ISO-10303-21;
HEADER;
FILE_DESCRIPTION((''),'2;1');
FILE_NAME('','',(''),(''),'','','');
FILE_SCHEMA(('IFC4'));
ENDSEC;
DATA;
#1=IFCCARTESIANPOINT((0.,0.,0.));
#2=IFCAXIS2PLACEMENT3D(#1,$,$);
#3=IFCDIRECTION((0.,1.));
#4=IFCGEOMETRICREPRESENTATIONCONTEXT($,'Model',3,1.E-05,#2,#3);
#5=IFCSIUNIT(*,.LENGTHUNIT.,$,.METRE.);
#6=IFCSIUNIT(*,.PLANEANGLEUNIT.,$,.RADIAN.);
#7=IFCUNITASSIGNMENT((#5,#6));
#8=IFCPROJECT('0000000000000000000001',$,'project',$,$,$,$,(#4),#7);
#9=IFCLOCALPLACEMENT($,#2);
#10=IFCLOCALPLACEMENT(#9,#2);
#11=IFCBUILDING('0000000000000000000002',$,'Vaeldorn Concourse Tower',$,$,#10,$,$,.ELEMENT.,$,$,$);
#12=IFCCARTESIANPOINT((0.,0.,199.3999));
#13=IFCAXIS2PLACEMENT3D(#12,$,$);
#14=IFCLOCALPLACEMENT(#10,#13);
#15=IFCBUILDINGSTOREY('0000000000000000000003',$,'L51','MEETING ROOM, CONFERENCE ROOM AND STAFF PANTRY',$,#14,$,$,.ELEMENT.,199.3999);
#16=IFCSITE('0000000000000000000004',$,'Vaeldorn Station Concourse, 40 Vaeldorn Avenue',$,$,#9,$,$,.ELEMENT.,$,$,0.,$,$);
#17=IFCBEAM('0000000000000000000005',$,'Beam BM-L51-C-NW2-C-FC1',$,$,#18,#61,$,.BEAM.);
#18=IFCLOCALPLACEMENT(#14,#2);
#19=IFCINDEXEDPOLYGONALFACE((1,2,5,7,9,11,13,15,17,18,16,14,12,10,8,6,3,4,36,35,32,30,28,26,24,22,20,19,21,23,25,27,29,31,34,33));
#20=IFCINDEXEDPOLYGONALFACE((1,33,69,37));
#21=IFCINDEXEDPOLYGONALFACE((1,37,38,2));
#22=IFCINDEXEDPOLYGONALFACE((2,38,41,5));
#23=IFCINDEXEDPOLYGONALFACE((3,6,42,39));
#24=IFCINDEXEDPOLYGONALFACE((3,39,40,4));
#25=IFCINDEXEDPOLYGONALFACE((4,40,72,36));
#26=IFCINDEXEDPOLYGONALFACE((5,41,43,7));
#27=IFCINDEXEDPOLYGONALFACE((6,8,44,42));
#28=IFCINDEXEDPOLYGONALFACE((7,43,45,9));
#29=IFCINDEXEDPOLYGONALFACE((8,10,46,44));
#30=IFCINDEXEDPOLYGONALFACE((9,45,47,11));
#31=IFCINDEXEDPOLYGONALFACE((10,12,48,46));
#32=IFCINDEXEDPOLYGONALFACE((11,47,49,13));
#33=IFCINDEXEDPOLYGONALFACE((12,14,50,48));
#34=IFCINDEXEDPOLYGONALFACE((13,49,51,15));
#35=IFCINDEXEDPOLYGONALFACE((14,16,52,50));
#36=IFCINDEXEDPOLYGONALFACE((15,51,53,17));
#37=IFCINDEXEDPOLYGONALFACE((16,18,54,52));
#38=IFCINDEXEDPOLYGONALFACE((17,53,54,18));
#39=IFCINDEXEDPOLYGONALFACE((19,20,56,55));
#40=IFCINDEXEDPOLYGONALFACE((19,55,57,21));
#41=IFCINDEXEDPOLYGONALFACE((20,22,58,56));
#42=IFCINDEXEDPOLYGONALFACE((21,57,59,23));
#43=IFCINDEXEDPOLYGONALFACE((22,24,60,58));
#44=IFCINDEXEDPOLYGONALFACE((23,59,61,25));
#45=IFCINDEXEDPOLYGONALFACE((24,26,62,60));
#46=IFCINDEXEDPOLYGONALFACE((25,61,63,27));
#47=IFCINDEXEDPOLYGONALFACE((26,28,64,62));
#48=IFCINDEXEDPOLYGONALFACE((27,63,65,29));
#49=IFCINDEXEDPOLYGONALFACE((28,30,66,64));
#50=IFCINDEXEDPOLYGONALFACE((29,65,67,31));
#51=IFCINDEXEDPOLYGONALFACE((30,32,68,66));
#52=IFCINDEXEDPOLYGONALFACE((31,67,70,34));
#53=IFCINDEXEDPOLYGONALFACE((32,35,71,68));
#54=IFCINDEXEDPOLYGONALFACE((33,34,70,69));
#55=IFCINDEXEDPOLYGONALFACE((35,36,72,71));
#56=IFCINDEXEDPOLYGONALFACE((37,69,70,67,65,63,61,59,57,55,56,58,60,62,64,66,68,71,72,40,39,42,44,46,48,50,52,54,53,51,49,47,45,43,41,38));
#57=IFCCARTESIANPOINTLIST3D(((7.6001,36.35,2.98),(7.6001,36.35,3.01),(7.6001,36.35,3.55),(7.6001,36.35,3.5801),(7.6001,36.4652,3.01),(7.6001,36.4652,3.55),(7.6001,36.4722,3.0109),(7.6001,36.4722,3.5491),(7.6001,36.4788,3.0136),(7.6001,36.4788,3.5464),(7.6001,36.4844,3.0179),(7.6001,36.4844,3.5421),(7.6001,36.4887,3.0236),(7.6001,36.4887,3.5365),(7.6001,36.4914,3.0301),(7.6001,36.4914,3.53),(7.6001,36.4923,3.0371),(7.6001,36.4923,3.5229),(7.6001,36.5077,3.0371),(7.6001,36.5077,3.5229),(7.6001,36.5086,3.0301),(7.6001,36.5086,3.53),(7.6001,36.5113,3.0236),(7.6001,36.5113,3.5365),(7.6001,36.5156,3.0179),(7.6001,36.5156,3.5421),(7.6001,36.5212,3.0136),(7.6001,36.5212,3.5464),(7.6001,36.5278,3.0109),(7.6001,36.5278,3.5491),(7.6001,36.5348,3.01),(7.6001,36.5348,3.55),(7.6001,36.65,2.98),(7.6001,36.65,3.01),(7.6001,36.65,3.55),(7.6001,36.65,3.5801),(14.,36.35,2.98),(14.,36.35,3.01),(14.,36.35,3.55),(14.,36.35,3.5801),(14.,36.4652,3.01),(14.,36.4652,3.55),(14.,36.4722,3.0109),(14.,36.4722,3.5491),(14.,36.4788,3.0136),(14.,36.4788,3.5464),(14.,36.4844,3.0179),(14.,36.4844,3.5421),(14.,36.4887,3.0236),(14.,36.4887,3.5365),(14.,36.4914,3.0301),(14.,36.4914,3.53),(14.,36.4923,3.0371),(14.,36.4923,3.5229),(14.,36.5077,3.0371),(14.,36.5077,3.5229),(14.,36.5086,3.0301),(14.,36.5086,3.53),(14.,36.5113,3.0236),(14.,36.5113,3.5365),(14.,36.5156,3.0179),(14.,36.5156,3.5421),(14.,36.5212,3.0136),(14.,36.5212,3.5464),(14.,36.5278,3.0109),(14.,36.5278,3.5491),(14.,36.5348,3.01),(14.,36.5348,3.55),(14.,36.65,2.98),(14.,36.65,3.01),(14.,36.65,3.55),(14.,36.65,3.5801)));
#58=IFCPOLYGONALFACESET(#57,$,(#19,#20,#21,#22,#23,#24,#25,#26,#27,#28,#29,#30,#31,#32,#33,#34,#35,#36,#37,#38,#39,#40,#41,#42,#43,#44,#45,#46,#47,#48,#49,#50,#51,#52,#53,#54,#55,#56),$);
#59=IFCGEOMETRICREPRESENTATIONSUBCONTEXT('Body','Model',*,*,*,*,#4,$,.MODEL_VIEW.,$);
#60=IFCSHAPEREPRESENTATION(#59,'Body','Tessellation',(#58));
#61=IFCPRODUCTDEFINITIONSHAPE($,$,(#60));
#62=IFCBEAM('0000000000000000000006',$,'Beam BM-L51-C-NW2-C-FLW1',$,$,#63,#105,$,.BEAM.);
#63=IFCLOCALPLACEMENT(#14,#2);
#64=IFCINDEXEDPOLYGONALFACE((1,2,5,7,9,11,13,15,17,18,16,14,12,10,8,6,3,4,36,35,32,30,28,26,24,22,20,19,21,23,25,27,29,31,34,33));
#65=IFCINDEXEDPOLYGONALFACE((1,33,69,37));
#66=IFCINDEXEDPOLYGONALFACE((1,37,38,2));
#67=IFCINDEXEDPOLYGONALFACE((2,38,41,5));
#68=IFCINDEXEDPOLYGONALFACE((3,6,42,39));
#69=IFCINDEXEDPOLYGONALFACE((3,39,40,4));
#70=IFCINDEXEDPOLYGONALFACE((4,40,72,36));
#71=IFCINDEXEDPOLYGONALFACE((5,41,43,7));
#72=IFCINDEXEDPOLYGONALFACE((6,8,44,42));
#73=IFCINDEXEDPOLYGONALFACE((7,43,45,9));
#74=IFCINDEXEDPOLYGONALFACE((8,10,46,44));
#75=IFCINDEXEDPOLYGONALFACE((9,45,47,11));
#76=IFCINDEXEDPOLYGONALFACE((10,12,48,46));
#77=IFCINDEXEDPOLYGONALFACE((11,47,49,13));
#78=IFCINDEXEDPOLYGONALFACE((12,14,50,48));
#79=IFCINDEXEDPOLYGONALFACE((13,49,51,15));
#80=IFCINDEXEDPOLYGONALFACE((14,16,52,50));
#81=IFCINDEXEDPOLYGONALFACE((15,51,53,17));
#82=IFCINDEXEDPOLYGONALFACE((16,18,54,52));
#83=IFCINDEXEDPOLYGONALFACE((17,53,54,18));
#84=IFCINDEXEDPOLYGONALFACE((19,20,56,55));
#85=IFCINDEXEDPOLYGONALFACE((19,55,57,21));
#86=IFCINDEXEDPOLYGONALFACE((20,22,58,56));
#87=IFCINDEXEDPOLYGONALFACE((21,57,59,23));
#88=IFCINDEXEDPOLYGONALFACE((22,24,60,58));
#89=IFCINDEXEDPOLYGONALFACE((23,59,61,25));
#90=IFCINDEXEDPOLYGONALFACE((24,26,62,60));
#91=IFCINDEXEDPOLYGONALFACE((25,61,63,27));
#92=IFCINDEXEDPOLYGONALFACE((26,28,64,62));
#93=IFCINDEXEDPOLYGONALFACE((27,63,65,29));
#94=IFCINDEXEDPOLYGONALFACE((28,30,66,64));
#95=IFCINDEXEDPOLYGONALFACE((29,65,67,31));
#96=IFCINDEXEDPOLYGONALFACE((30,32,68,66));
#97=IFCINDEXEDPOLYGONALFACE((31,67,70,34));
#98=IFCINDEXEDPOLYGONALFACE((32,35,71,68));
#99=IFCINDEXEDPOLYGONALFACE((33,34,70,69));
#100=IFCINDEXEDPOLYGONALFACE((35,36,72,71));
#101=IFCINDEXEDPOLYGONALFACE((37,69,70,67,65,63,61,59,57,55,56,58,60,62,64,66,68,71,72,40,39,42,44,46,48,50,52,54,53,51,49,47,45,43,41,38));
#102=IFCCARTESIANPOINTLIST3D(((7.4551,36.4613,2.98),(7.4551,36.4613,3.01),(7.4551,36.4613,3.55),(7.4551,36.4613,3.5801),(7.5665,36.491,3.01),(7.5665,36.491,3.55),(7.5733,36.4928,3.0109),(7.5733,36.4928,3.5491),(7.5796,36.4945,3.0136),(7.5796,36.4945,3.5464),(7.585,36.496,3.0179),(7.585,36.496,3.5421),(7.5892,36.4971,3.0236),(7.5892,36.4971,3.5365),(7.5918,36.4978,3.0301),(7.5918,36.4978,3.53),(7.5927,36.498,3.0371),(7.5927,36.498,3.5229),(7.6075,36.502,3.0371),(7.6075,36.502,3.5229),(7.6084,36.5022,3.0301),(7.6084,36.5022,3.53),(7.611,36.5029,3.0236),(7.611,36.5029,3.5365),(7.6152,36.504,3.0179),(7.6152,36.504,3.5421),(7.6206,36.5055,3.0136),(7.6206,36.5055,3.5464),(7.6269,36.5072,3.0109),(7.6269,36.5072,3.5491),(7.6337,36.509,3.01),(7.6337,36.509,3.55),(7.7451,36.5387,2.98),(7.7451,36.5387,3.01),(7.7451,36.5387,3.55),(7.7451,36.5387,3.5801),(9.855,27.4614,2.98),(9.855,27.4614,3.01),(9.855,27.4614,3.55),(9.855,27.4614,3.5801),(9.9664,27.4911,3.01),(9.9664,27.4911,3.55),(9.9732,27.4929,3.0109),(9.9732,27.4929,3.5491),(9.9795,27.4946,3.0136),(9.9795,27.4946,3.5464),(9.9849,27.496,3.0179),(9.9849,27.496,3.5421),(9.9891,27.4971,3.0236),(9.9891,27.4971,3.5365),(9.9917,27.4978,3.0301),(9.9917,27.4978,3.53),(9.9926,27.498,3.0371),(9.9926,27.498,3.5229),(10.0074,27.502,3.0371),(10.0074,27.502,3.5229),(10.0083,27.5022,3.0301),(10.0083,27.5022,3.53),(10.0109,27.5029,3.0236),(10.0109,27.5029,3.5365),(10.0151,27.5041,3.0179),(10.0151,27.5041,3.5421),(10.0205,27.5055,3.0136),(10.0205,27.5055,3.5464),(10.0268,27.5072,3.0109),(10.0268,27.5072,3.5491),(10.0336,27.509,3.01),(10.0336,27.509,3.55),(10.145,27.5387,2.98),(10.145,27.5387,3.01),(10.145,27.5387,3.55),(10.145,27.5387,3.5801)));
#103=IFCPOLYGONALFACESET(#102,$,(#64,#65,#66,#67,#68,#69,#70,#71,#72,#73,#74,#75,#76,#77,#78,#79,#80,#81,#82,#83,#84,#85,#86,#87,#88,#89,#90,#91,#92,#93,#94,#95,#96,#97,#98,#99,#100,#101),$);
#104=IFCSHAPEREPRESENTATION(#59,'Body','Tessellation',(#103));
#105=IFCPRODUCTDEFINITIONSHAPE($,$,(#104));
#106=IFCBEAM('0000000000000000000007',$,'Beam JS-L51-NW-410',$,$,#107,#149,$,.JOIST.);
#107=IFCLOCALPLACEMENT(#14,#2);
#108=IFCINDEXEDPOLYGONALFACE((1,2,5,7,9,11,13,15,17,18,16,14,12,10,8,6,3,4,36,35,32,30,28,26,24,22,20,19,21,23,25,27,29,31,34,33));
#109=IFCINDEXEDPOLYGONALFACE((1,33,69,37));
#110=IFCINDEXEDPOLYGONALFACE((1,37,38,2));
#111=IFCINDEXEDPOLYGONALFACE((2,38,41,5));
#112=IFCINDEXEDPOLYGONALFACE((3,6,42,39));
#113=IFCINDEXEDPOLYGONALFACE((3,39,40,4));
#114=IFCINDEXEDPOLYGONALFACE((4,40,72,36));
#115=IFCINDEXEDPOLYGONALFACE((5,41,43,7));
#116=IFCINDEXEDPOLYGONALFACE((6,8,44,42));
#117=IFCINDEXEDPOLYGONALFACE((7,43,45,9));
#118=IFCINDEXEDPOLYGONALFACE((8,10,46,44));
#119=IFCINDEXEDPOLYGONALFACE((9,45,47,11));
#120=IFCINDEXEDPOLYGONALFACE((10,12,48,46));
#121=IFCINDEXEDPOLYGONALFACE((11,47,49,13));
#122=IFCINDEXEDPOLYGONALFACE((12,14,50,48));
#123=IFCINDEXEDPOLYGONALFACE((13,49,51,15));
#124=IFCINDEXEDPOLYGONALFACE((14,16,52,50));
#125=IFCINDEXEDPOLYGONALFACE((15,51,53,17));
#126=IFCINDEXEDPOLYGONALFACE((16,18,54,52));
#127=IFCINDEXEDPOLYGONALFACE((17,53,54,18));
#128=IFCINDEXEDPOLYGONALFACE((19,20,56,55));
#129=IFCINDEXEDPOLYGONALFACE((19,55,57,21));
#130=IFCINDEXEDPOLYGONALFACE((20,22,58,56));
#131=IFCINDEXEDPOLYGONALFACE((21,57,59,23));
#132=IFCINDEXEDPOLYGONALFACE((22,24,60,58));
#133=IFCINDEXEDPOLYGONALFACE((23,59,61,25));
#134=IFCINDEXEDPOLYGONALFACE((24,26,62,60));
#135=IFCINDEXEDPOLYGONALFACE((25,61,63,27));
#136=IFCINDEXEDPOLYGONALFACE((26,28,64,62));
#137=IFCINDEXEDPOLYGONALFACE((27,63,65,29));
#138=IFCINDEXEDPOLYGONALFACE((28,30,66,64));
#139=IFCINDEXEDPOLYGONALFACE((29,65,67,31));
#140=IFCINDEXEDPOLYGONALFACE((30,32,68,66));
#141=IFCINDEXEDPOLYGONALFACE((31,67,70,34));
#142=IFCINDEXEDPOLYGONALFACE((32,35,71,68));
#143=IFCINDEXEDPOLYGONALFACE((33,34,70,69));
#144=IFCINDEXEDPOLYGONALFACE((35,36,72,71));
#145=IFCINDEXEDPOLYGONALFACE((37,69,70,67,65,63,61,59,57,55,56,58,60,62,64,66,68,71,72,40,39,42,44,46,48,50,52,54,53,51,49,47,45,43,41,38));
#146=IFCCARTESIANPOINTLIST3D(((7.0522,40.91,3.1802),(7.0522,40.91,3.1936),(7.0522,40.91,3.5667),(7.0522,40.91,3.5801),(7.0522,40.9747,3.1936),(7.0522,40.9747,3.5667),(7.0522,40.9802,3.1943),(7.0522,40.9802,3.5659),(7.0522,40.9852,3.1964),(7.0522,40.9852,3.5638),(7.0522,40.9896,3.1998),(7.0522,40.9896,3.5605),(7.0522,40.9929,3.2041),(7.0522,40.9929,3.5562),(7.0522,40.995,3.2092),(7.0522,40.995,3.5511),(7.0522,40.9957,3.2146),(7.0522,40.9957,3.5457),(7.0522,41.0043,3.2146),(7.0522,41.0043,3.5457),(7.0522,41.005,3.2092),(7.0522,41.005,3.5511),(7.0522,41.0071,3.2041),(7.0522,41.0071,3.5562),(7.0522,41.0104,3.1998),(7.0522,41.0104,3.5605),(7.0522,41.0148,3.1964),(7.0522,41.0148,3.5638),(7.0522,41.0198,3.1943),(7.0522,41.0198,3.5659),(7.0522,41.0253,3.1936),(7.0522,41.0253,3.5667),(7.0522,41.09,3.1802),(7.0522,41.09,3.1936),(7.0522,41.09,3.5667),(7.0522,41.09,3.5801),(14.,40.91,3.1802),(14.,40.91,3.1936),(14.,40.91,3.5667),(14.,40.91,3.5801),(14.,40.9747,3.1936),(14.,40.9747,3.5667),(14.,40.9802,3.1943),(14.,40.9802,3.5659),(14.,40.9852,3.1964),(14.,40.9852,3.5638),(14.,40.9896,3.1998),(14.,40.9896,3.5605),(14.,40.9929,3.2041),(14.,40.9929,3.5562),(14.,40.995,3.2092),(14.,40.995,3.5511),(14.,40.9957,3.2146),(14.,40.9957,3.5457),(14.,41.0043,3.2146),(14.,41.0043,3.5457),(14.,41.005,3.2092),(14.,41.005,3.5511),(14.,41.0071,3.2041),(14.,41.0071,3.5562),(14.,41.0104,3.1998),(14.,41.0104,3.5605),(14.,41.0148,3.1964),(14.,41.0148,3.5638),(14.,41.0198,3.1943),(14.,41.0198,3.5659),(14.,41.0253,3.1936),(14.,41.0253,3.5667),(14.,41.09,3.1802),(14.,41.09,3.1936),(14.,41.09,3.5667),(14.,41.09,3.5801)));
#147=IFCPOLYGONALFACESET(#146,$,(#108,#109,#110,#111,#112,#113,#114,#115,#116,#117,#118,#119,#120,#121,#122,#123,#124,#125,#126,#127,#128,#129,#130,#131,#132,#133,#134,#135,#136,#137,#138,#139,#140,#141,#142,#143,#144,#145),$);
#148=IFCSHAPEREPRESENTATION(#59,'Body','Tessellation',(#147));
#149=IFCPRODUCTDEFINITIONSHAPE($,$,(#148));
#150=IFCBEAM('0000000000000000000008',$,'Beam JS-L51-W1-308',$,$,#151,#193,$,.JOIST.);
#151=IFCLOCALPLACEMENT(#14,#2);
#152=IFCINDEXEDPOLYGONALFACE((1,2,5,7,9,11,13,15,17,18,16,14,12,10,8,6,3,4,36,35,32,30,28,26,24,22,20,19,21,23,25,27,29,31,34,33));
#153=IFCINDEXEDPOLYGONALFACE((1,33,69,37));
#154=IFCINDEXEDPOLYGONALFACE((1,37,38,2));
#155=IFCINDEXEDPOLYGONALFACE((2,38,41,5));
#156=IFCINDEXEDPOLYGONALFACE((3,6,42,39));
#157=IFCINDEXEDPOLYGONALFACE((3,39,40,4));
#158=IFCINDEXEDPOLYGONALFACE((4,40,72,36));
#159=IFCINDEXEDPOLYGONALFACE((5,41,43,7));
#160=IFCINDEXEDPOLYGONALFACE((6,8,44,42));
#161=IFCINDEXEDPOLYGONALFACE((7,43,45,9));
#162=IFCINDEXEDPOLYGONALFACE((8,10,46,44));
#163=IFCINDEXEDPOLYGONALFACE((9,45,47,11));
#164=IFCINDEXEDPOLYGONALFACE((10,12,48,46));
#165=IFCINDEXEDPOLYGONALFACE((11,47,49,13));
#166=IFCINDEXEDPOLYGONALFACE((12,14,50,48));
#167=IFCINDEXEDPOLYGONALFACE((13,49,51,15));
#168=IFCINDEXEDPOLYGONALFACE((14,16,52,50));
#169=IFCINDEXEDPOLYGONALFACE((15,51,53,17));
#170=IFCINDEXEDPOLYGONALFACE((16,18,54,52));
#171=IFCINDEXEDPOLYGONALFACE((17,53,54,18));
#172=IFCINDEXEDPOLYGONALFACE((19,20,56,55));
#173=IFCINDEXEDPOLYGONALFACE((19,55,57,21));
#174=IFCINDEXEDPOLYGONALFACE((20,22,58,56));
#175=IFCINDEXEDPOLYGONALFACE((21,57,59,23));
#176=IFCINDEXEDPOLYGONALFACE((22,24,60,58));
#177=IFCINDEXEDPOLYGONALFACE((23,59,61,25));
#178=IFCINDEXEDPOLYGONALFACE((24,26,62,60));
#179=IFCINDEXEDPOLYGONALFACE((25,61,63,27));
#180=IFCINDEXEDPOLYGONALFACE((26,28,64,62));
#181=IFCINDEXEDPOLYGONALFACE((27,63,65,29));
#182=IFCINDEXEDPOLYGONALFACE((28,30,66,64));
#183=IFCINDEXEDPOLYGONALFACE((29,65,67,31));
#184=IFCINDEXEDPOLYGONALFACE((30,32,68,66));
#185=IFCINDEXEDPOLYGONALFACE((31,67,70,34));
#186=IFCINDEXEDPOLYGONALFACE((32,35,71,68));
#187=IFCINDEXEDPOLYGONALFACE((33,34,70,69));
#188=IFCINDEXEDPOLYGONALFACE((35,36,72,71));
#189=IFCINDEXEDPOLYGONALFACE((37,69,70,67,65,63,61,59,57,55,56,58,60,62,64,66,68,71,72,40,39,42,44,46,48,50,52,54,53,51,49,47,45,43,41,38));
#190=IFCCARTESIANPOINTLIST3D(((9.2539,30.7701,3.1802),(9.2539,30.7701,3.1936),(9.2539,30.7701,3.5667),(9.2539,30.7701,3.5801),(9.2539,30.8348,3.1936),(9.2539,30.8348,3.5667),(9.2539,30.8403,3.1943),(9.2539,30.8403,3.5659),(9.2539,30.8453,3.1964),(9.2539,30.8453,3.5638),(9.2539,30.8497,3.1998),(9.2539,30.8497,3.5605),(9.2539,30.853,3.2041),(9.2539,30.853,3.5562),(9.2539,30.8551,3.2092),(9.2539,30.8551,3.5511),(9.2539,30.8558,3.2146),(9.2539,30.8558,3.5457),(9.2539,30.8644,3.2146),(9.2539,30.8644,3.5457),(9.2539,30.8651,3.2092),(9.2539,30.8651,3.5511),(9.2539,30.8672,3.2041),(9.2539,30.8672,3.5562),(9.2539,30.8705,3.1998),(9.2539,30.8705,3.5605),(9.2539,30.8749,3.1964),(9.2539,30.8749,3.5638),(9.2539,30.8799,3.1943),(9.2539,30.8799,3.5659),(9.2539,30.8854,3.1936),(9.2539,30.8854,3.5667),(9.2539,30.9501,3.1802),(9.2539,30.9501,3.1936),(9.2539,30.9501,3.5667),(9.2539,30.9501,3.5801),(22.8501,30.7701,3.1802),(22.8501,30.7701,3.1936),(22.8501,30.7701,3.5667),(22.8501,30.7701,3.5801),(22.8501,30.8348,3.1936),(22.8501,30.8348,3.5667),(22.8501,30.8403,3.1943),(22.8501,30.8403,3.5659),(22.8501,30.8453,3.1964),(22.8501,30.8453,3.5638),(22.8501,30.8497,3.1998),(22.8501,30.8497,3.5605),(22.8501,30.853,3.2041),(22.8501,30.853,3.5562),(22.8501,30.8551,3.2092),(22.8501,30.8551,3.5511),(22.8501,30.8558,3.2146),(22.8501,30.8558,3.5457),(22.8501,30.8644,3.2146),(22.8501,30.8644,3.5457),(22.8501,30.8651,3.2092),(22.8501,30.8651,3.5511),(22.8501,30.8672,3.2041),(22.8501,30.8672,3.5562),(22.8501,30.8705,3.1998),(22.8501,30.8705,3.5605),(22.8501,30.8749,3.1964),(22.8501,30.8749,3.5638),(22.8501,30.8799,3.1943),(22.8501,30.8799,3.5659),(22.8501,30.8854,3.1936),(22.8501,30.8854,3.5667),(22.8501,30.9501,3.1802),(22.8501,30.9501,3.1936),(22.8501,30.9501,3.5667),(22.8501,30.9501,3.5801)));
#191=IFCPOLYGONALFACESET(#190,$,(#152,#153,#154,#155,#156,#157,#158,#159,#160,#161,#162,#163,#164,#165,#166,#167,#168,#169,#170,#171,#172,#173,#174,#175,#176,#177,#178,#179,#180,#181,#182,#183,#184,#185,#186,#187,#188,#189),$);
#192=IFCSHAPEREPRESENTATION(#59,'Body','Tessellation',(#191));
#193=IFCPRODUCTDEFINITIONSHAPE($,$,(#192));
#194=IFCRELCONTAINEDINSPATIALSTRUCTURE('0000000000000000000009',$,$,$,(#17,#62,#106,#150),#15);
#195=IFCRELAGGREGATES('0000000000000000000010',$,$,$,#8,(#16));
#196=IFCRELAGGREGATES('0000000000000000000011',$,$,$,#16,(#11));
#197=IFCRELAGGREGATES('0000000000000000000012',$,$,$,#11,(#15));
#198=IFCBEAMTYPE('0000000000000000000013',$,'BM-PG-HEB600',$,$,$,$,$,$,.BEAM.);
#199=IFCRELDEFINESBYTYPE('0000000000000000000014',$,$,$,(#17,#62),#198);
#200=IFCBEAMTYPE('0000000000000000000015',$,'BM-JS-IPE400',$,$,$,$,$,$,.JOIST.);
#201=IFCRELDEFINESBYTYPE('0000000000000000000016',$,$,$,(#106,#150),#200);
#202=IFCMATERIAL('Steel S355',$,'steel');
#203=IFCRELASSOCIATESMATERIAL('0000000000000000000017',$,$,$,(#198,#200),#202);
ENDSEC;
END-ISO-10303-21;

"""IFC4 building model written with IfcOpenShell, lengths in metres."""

from ifc_helpers import new_model, si_unit, direction, frame, origin, origin_2d, place, context, subcontext, project, spatial, i_section, extrude, source, transform, mapped, material, material_profile, profile_set, type_object, element, save


model = new_model("IFC4")

# Units and contexts
model_context = context("Model", 3, precision=1e-05, world=origin(), true_north=direction((0.0, 1.0)))
body_context = subcontext(model_context, "Body", "Model", "MODEL_VIEW")
ifc_project = project(units=[si_unit("LENGTHUNIT", "METRE"), si_unit("PLANEANGLEUNIT", "RADIAN")], contexts=[model_context])

# Site, building, storey
site_placement = place(None, origin())
site = spatial("IfcSite", under=ifc_project, at=site_placement, Name="Vaeldorn Station Concourse, 40 Vaeldorn Avenue", CompositionType="ELEMENT", RefElevation=0.0)
building_placement = place(site_placement, origin())
building = spatial("IfcBuilding", under=site, at=building_placement, Name="Vaeldorn Concourse Tower", CompositionType="ELEMENT")
storey_placement = place(building_placement, frame((0.0, 0.0, 199.3999)))
storey = spatial("IfcBuildingStorey", under=building, at=storey_placement, Name="L51", Description="MEETING ROOM, CONFERENCE ROOM AND STAFF PANTRY", CompositionType="ELEMENT", Elevation=199.3999)

# Beams
ifc_material_1 = material(Name="Steel S355", Category="steel")
ifc_material_profile_1 = material_profile(ifc_material_1, i_section(OverallWidth=0.3, OverallDepth=0.6001, WebThickness=0.0154, FlangeThickness=0.03, FilletRadius=0.0271, at=origin_2d()), Name="HEB 600")
ifc_profile_set_1 = profile_set([ifc_material_profile_1], Name="Steel S355")
beam_type_1 = type_object("IfcBeamType", Name="BM-PG-HEB600", PredefinedType="BEAM", material=ifc_profile_set_1)
shared_shape_1 = source(origin(), body_context, "Body", "SweptSolid", [
    extrude(i_section(OverallWidth=0.3, OverallDepth=0.6001, WebThickness=0.0154, FlangeThickness=0.03, FilletRadius=0.0271, at=origin_2d()), origin(), (0.0, 0.0, 1.0), 6.3999),
])
beam_1_placement = place(storey_placement, frame((7.6001, 36.5, 3.28), z_axis=(1.0, 0.0, 0.0), x_axis=(0.0, 1.0, 0.0)))
element("IfcBeam", 1, at=beam_1_placement, inside=storey, type_object=beam_type_1, Name="Beam BM-L51-C-NW2-C-FC1", PredefinedType="BEAM", context=body_context, shape_type="MappedRepresentation", body=[
    mapped(shared_shape_1, transform((0.0, 0.0, 0.0), scale=1.0)),
])
shared_shape_2 = source(origin(), body_context, "Body", "SweptSolid", [
    extrude(i_section(OverallWidth=0.3, OverallDepth=0.6001, WebThickness=0.0154, FlangeThickness=0.03, FilletRadius=0.0271, at=origin_2d()), origin(), (0.0, 0.0, 1.0), 9.3145),
])
beam_2_placement = place(storey_placement, frame((7.6001, 36.5, 3.28), z_axis=(0.257653, -0.966238, 0.0), x_axis=(0.966238, 0.257653, 0.0)))
element("IfcBeam", 2, at=beam_2_placement, inside=storey, type_object=beam_type_1, Name="Beam BM-L51-C-NW2-C-FLW1", PredefinedType="BEAM", context=body_context, shape_type="MappedRepresentation", body=[
    mapped(shared_shape_2, transform((0.0, 0.0, 0.0), scale=1.0)),
])
ifc_material_profile_2 = material_profile(ifc_material_1, i_section(OverallWidth=0.1799, OverallDepth=0.3999, WebThickness=0.0085, FlangeThickness=0.0134, FilletRadius=0.021, at=origin_2d()), Name="IPE 400")
ifc_profile_set_2 = profile_set([ifc_material_profile_2], Name="Steel S355")
beam_type_2 = type_object("IfcBeamType", Name="BM-JS-IPE400", PredefinedType="JOIST", material=ifc_profile_set_2)
shared_shape_3 = source(origin(), body_context, "Body", "SweptSolid", [
    extrude(i_section(OverallWidth=0.1799, OverallDepth=0.3999, WebThickness=0.0085, FlangeThickness=0.0134, FilletRadius=0.021, at=origin_2d()), origin(), (0.0, 0.0, 1.0), 6.9478),
])
beam_3_placement = place(storey_placement, frame((7.0522, 41.0, 3.3801), z_axis=(1.0, 0.0, 0.0), x_axis=(0.0, 1.0, 0.0)))
element("IfcBeam", 3, at=beam_3_placement, inside=storey, type_object=beam_type_2, Name="Beam JS-L51-NW-410", PredefinedType="JOIST", context=body_context, shape_type="MappedRepresentation", body=[
    mapped(shared_shape_3, transform((0.0, 0.0, 0.0), scale=1.0)),
])
shared_shape_4 = source(origin(), body_context, "Body", "SweptSolid", [
    extrude(i_section(OverallWidth=0.1799, OverallDepth=0.3999, WebThickness=0.0085, FlangeThickness=0.0134, FilletRadius=0.021, at=origin_2d()), origin(), (0.0, 0.0, 1.0), 13.5962),
])
beam_4_placement = place(storey_placement, frame((9.2539, 30.8601, 3.3801), z_axis=(1.0, 0.0, 0.0), x_axis=(0.0, 1.0, 0.0)))
element("IfcBeam", 4, at=beam_4_placement, inside=storey, type_object=beam_type_2, Name="Beam JS-L51-W1-308", PredefinedType="JOIST", context=body_context, shape_type="MappedRepresentation", body=[
    mapped(shared_shape_4, transform((0.0, 0.0, 0.0), scale=1.0)),
])

save(model, "model.ifc")
